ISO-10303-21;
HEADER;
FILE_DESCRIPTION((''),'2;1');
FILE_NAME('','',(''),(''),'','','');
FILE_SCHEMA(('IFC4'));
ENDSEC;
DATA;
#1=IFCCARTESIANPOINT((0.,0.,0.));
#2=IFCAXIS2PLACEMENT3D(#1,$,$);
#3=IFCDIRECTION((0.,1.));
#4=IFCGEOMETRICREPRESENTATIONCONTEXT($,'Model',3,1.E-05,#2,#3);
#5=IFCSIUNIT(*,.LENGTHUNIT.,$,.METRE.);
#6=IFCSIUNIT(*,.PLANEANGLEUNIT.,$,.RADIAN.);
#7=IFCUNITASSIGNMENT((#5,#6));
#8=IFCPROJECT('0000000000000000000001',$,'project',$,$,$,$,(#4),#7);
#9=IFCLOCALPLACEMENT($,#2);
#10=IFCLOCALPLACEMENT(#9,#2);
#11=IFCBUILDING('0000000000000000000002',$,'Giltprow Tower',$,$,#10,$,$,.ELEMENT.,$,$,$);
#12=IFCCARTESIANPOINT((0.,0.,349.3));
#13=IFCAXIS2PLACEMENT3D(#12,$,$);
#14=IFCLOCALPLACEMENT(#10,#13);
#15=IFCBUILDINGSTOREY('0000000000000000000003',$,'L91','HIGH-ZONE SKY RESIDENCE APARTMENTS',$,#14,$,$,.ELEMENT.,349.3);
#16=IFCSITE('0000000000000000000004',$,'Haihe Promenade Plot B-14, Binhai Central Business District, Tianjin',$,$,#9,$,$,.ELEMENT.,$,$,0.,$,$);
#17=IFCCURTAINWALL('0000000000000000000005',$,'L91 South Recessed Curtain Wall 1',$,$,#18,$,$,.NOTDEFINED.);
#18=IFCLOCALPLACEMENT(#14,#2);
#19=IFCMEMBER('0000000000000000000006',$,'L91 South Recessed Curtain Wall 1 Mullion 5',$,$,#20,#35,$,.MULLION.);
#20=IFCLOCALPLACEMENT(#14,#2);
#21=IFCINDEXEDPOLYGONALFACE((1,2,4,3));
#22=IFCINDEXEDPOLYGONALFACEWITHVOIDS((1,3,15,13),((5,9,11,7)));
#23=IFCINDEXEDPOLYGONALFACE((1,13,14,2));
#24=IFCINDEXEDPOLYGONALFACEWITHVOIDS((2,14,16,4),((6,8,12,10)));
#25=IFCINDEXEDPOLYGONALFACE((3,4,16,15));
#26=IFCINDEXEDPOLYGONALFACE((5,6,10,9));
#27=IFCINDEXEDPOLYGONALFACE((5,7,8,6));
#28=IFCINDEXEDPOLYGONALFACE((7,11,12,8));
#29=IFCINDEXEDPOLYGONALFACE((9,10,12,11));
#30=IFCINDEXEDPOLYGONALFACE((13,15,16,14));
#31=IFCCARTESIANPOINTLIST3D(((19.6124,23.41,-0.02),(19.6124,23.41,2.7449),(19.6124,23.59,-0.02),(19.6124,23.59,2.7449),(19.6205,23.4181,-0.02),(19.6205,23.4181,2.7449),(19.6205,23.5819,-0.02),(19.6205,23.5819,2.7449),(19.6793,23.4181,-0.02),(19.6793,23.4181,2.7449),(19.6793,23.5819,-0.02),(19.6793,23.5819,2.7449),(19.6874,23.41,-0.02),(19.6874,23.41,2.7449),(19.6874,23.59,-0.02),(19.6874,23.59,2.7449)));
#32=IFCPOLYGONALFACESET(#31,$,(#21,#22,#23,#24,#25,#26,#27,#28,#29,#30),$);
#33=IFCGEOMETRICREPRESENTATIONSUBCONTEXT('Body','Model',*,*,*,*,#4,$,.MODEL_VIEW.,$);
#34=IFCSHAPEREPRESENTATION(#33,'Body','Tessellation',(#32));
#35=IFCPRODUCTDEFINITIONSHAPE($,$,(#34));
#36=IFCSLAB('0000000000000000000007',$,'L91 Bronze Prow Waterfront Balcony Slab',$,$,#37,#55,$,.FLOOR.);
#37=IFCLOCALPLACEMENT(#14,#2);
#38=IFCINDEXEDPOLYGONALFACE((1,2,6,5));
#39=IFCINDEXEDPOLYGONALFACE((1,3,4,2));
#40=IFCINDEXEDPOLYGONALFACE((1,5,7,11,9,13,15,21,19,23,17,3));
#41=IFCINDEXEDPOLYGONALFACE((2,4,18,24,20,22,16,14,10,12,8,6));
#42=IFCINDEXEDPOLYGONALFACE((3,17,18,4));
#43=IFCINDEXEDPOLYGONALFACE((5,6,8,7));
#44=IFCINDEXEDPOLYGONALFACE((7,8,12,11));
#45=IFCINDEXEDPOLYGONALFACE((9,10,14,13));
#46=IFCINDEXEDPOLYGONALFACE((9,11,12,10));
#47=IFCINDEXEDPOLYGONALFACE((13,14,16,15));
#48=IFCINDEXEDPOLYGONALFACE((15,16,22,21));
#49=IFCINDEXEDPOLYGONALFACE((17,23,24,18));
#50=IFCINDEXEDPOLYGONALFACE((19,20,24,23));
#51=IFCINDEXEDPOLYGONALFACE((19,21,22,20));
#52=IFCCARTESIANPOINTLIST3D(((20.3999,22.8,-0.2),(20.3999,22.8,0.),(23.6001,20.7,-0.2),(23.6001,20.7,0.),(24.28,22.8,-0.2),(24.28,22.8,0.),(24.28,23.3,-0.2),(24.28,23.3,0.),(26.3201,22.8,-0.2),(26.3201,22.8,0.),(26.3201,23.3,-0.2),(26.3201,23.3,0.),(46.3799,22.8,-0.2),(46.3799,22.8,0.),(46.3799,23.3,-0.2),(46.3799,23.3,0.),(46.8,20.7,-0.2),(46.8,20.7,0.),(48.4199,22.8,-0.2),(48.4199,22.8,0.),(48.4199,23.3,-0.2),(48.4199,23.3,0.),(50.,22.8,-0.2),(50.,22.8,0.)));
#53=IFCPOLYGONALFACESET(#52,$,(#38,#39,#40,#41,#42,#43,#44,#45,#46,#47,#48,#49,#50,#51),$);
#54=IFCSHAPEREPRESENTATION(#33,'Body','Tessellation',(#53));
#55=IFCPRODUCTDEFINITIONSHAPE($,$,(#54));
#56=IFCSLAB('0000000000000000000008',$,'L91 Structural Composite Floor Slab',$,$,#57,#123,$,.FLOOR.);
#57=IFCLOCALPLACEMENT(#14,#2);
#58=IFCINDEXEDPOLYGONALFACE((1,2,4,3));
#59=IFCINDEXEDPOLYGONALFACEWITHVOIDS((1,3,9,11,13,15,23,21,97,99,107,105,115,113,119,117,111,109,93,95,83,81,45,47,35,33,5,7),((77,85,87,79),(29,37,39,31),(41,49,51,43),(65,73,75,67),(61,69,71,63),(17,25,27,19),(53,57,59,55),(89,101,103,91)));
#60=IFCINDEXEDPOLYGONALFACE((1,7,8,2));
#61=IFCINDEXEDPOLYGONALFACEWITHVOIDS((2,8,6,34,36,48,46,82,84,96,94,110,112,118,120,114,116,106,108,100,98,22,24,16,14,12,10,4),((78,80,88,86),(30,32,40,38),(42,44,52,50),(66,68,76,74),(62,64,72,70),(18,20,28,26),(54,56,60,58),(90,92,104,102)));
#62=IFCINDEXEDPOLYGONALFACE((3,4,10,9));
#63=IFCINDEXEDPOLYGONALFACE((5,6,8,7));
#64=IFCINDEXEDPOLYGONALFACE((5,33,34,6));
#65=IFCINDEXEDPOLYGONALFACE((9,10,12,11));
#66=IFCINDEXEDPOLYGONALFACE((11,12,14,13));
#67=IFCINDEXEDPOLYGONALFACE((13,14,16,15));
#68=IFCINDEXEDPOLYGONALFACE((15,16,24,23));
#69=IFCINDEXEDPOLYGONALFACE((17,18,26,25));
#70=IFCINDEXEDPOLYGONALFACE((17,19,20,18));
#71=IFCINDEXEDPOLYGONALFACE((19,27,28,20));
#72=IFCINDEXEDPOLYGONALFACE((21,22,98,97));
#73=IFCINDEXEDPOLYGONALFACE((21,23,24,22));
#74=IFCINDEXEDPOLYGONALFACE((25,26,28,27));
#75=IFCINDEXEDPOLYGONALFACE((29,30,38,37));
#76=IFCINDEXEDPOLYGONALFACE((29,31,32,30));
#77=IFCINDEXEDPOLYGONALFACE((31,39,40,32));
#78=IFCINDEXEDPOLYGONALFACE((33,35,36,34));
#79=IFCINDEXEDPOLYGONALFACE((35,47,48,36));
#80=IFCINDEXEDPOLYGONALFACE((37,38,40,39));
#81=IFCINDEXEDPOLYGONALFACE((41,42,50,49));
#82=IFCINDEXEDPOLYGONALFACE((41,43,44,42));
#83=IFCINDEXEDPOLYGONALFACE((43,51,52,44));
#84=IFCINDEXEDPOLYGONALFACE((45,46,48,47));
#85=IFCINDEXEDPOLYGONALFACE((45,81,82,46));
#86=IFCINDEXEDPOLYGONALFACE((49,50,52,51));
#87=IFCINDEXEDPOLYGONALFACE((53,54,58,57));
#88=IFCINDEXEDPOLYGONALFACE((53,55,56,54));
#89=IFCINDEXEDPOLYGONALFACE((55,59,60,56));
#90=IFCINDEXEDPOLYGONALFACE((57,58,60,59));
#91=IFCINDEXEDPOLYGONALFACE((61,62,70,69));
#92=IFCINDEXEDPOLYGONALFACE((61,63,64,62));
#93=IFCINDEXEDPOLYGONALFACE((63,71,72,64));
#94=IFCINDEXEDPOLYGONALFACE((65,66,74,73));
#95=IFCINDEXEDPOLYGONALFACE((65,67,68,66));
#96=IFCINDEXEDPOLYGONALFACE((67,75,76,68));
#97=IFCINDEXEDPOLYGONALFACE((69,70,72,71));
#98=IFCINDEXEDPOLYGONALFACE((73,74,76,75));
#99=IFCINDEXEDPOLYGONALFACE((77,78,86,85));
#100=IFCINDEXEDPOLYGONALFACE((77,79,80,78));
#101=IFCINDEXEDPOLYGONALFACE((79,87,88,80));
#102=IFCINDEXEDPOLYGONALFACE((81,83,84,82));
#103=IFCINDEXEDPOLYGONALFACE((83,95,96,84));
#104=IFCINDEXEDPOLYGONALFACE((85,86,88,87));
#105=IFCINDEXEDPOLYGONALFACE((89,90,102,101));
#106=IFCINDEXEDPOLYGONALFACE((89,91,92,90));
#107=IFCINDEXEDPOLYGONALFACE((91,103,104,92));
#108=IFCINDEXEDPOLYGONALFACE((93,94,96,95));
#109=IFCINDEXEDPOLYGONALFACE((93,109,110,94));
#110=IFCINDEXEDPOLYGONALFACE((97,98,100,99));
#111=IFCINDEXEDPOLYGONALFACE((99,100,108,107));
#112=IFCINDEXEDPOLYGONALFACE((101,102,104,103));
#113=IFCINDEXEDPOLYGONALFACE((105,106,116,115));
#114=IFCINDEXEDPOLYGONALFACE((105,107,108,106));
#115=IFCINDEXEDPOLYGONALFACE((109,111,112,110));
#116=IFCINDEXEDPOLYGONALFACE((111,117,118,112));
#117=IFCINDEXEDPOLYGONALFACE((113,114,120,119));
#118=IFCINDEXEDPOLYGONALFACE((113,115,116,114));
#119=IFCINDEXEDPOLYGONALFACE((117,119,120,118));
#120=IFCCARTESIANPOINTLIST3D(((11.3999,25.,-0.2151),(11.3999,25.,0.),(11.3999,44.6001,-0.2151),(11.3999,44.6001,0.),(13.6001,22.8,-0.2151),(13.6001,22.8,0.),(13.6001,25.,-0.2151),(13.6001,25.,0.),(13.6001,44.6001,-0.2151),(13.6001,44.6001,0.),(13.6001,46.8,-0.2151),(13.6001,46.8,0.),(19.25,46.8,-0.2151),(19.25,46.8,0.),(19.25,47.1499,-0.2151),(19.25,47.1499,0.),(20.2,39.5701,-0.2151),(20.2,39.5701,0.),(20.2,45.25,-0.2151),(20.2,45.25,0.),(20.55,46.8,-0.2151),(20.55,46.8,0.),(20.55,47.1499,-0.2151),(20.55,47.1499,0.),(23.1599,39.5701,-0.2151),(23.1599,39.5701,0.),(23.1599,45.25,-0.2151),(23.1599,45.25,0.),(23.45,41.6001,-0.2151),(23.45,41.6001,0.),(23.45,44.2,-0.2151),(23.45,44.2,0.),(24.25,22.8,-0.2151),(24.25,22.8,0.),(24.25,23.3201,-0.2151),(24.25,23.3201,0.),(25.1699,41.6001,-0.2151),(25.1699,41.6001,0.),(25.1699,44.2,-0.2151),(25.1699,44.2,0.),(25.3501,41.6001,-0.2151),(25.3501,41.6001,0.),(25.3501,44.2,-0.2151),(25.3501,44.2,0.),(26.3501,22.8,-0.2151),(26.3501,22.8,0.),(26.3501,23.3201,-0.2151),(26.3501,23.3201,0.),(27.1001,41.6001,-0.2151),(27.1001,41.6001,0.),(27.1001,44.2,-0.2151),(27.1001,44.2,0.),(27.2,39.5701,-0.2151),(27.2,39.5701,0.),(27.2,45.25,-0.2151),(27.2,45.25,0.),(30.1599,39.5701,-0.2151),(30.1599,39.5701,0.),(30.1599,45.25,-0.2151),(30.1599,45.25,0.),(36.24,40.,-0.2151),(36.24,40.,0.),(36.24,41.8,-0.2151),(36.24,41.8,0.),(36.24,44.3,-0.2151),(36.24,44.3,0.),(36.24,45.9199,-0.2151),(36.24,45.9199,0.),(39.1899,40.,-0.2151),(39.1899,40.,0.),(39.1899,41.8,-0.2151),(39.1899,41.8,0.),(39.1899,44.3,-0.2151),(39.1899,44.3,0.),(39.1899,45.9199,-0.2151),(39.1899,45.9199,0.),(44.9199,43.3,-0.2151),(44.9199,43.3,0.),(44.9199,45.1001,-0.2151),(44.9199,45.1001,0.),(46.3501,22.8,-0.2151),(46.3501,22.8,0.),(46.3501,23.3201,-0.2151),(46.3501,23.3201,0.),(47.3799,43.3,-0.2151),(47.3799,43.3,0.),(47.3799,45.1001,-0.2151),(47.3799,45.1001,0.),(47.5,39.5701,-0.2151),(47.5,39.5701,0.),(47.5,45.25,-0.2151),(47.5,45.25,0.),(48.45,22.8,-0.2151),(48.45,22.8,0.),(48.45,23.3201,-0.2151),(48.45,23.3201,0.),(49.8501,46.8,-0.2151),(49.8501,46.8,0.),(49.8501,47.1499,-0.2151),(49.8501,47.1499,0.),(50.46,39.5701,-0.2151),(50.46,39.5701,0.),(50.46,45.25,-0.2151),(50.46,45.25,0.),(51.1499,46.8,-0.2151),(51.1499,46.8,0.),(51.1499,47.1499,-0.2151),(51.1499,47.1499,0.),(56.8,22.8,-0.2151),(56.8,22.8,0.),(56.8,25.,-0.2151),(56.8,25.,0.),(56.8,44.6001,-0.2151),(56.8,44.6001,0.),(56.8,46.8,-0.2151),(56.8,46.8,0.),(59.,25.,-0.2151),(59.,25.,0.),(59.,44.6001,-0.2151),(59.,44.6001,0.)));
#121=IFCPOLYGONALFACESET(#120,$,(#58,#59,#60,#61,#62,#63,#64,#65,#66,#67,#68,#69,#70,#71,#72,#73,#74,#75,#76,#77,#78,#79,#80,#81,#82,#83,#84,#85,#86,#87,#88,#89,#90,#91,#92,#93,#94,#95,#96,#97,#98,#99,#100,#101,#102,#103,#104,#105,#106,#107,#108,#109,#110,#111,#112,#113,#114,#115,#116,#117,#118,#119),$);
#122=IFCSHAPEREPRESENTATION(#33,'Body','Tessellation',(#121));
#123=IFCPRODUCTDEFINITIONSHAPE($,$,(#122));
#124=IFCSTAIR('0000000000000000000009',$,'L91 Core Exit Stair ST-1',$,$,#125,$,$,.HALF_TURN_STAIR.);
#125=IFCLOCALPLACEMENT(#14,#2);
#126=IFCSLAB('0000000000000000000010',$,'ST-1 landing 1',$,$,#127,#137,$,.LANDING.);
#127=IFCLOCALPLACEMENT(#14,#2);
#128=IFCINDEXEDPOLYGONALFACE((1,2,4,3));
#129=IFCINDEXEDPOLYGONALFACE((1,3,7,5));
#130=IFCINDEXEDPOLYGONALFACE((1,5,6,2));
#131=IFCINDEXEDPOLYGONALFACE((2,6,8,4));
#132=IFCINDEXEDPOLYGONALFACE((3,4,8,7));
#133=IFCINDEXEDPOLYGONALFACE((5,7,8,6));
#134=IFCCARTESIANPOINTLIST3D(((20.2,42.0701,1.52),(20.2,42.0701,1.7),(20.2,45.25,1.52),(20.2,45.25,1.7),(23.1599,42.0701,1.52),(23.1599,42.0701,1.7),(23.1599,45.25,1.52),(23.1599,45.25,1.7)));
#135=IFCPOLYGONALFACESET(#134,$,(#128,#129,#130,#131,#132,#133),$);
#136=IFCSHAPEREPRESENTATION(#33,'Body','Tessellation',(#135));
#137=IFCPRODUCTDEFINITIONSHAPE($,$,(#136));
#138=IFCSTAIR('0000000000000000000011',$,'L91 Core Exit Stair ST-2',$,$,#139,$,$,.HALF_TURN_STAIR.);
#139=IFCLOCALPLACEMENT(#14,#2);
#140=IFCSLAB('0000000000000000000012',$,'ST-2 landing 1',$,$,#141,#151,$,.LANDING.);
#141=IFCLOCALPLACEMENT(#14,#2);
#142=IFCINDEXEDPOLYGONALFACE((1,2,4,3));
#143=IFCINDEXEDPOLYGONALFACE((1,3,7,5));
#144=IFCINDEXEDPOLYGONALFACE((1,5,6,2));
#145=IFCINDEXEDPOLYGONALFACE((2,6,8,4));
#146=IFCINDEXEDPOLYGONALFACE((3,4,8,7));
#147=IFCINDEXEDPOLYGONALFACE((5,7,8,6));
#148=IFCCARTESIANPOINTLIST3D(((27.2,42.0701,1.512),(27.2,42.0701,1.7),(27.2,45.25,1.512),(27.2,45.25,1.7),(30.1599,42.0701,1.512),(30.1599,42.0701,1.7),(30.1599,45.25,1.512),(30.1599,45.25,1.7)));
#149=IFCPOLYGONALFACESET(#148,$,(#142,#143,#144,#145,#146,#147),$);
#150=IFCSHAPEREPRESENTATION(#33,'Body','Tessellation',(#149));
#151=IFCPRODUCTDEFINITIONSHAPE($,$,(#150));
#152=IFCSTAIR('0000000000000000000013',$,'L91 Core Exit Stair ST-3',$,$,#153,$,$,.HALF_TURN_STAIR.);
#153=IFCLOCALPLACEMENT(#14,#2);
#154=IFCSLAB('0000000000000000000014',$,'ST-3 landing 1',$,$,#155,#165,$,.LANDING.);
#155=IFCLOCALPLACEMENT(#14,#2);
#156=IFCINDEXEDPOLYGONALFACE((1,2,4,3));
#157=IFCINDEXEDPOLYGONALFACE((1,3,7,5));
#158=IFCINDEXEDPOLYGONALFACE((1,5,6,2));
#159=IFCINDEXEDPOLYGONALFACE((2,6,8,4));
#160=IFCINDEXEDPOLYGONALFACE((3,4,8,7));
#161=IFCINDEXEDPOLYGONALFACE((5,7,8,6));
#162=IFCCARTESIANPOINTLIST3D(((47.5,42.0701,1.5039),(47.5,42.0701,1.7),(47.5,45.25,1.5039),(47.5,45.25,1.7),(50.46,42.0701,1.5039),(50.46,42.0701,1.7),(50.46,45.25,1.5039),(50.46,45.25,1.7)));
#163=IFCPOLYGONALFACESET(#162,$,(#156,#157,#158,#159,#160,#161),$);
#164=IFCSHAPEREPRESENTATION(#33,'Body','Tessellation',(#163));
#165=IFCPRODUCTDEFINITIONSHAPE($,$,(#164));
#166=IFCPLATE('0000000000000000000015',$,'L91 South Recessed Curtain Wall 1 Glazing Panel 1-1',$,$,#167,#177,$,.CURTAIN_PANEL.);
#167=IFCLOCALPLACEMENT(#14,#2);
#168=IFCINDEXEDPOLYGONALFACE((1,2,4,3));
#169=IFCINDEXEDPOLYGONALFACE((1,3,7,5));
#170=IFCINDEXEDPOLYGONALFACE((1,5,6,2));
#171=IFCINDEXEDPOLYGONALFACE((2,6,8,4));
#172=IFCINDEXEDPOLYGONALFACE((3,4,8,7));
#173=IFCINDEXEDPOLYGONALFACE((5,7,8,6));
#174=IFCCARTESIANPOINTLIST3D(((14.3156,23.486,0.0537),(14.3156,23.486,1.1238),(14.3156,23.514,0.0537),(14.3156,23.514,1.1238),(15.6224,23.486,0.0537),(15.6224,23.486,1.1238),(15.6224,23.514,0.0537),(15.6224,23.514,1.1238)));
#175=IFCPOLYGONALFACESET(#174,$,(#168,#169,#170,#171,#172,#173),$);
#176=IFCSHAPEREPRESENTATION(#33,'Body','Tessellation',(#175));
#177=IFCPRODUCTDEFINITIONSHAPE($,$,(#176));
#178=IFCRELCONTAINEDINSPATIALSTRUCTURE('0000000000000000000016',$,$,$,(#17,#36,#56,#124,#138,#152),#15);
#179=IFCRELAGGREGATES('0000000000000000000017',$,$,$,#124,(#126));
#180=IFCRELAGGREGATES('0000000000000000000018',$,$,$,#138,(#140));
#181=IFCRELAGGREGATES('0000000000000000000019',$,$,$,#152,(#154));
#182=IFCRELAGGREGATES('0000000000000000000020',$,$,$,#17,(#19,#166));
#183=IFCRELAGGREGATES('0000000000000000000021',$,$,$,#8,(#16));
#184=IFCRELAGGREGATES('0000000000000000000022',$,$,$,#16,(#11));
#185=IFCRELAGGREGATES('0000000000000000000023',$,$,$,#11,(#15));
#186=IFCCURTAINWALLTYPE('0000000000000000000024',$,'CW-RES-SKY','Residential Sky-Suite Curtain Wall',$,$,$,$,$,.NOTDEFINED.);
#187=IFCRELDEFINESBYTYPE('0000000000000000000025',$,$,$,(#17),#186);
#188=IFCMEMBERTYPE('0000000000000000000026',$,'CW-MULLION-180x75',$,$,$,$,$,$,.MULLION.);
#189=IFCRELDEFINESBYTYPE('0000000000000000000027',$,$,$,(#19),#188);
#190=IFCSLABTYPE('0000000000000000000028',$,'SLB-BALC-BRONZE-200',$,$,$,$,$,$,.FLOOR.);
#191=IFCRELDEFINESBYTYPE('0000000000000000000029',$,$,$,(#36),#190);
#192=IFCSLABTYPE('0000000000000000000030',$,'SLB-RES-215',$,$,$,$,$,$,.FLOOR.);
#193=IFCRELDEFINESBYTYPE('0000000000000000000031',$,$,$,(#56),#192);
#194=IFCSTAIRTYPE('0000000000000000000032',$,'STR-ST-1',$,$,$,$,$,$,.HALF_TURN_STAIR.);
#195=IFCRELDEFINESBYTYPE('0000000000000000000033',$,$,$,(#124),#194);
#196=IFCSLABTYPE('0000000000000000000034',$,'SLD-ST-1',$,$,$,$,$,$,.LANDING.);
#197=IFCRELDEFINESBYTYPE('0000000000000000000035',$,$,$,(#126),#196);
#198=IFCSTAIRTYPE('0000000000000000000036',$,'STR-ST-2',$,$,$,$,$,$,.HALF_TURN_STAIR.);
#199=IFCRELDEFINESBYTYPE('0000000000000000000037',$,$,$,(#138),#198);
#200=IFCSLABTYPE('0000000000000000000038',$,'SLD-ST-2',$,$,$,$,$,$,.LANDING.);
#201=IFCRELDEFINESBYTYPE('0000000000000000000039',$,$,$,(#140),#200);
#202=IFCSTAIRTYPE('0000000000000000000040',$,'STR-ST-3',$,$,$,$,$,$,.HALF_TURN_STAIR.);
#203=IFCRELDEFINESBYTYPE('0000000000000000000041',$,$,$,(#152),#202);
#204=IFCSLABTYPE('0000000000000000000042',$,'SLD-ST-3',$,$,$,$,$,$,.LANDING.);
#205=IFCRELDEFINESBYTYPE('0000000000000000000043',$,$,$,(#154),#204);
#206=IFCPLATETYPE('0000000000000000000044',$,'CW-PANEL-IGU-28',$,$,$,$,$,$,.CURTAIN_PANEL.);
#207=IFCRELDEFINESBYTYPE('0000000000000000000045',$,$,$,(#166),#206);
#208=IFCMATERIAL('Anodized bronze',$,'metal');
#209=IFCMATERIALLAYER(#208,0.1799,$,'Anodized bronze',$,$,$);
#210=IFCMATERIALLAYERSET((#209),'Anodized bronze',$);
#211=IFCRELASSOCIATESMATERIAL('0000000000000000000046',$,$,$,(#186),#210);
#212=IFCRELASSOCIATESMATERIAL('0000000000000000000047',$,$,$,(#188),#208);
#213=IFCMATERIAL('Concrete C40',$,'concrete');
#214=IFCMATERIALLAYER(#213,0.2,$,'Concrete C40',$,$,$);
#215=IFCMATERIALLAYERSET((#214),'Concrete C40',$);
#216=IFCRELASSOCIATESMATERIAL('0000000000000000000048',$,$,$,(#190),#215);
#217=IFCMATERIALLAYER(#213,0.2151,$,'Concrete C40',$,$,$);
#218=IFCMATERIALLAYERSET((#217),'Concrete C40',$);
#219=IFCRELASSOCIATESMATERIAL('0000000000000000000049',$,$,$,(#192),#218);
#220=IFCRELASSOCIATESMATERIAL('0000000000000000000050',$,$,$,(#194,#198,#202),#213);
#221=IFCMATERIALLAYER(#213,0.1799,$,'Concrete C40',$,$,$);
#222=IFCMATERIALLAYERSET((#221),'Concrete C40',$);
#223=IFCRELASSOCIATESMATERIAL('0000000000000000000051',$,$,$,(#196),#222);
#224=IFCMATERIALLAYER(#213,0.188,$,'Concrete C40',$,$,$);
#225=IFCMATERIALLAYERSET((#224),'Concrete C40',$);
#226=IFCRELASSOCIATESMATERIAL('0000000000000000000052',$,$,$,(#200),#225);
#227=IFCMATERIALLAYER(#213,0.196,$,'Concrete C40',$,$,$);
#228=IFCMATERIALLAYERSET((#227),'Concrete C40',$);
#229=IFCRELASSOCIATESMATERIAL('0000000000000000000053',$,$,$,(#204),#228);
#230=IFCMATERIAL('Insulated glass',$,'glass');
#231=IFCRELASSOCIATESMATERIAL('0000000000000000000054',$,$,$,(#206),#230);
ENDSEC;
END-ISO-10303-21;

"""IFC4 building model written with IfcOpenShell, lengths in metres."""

from ifc_helpers import new_model, si_unit, direction, frame, origin, origin_2d, place, context, subcontext, project, spatial, polyline, rectangle, hollow_rectangle, outline, extrude, source, transform, mapped, material, layer, layer_set, material_profile, profile_set, type_object, element, aggregate, save


model = new_model("IFC4")

# Units and contexts
model_context = context("Model", 3, precision=1e-05, world=origin(), true_north=direction((0.0, 1.0)))
body_context = subcontext(model_context, "Body", "Model", "MODEL_VIEW")
ifc_project = project(units=[si_unit("LENGTHUNIT", "METRE"), si_unit("PLANEANGLEUNIT", "RADIAN")], contexts=[model_context])

# Site, building, storey
site_placement = place(None, origin())
site = spatial("IfcSite", under=ifc_project, at=site_placement, Name="Haihe Promenade Plot B-14, Binhai Central Business District, Tianjin", CompositionType="ELEMENT", RefElevation=0.0)
building_placement = place(site_placement, origin())
building = spatial("IfcBuilding", under=site, at=building_placement, Name="Giltprow Tower", CompositionType="ELEMENT")
storey_placement = place(building_placement, frame((0.0, 0.0, 349.3)))
storey = spatial("IfcBuildingStorey", under=building, at=storey_placement, Name="L91", Description="HIGH-ZONE SKY RESIDENCE APARTMENTS", CompositionType="ELEMENT", Elevation=349.3)

# Curtain wall, member
ifc_material_1 = material(Name="Anodized bronze", Category="metal")
ifc_layer_1 = layer(ifc_material_1, 0.1799, Name="Anodized bronze")
ifc_layer_set_1 = layer_set([ifc_layer_1], Name="Anodized bronze")
curtain_wall_type = type_object("IfcCurtainWallType", Name="CW-RES-SKY", Description="Residential Sky-Suite Curtain Wall", PredefinedType="NOTDEFINED", material=ifc_layer_set_1)
curtain_wall_placement = place(storey_placement, origin())
curtain_wall = element("IfcCurtainWall", 1, at=curtain_wall_placement, inside=storey, type_object=curtain_wall_type, Name="L91 South Recessed Curtain Wall 1", PredefinedType="NOTDEFINED")
ifc_material_profile_1 = material_profile(ifc_material_1, hollow_rectangle(XDim=0.075, YDim=0.1799, WallThickness=0.0081, at=origin_2d()), Name="RHS 180x75x8")
ifc_profile_set_1 = profile_set([ifc_material_profile_1], Name="Anodized bronze")
member_type_1 = type_object("IfcMemberType", Name="CW-MULLION-180x75", PredefinedType="MULLION", material=ifc_profile_set_1)
shared_shape_1 = source(origin(), body_context, "Body", "SweptSolid", [
    extrude(hollow_rectangle(XDim=0.075, YDim=0.1799, WallThickness=0.0081, at=origin_2d()), origin(), (0.0, 0.0, 1.0), 2.7649),
])
member_1_placement = place(storey_placement, frame((19.6499, 23.5, -0.02), z_axis=(0.0, 0.0, 1.0), x_axis=(1.0, 0.0, 0.0)))
member_1 = element("IfcMember", 2, at=member_1_placement, type_object=member_type_1, Name="L91 South Recessed Curtain Wall 1 Mullion 5", PredefinedType="MULLION", context=body_context, shape_type="MappedRepresentation", body=[
    mapped(shared_shape_1, transform((0.0, 0.0, 0.0), x_axis=(1.0, 0.0, 0.0), y_axis=(0.0, 1.0, 0.0), z_axis=(0.0, 0.0, 1.0), scale=1.0)),
])

# Slabs
ifc_material_2 = material(Name="Concrete C40", Category="concrete")
ifc_layer_2 = layer(ifc_material_2, 0.2, Name="Concrete C40")
ifc_layer_set_2 = layer_set([ifc_layer_2], Name="Concrete C40")
slab_type_1 = type_object("IfcSlabType", Name="SLB-BALC-BRONZE-200", PredefinedType="FLOOR", material=ifc_layer_set_2)
slab_1_placement = place(storey_placement, frame((0.0, 0.0, -0.2)))
element("IfcSlab", 3, at=slab_1_placement, inside=storey, type_object=slab_type_1, Name="L91 Bronze Prow Waterfront Balcony Slab", PredefinedType="FLOOR", context=body_context, shape_type="SweptSolid", body=[
    extrude(outline(polyline([(50.0, 22.8), (46.8, 20.7), (23.6001, 20.7), (20.3999, 22.8), (24.28, 22.8), (24.28, 23.3), (26.3201, 23.3), (26.3201, 22.8), (46.3799, 22.8), (46.3799, 23.3), (48.4199, 23.3), (48.4199, 22.8), (50.0, 22.8)])), origin(), (0.0, 0.0, 1.0), 0.2),
])
ifc_layer_3 = layer(ifc_material_2, 0.2151, Name="Concrete C40")
ifc_layer_set_3 = layer_set([ifc_layer_3], Name="Concrete C40")
slab_type_2 = type_object("IfcSlabType", Name="SLB-RES-215", PredefinedType="FLOOR", material=ifc_layer_set_3)
slab_2_placement = place(storey_placement, frame((0.0, 0.0, -0.2151)))
element("IfcSlab", 4, at=slab_2_placement, inside=storey, type_object=slab_type_2, Name="L91 Structural Composite Floor Slab", PredefinedType="FLOOR", context=body_context, shape_type="SweptSolid", body=[
    extrude(outline(polyline([(59.0, 44.6001), (59.0, 25.0), (56.8, 25.0), (56.8, 22.8), (48.45, 22.8), (48.45, 23.3201), (46.3501, 23.3201), (46.3501, 22.8), (26.3501, 22.8), (26.3501, 23.3201), (24.25, 23.3201), (24.25, 22.8), (13.6001, 22.8), (13.6001, 25.0), (11.3999, 25.0), (11.3999, 44.6001), (13.6001, 44.6001), (13.6001, 46.8), (19.25, 46.8), (19.25, 47.1499), (20.55, 47.1499), (20.55, 46.8), (49.8501, 46.8), (49.8501, 47.1499), (51.1499, 47.1499), (51.1499, 46.8), (56.8, 46.8), (56.8, 44.6001), (59.0, 44.6001)]), holes=[polyline([(39.1899, 41.8), (36.24, 41.8), (36.24, 40.0), (39.1899, 40.0), (39.1899, 41.8)]), polyline([(23.1599, 39.5701), (23.1599, 45.25), (20.2, 45.25), (20.2, 39.5701), (23.1599, 39.5701)]), polyline([(30.1599, 39.5701), (30.1599, 45.25), (27.2, 45.25), (27.2, 39.5701), (30.1599, 39.5701)]), polyline([(50.46, 45.25), (47.5, 45.25), (47.5, 39.5701), (50.46, 39.5701), (50.46, 45.25)]), polyline([(25.1699, 44.2), (23.45, 44.2), (23.45, 41.6001), (25.1699, 41.6001), (25.1699, 44.2)]), polyline([(27.1001, 44.2), (25.3501, 44.2), (25.3501, 41.6001), (27.1001, 41.6001), (27.1001, 44.2)]), polyline([(47.3799, 43.3), (47.3799, 45.1001), (44.9199, 45.1001), (44.9199, 43.3), (47.3799, 43.3)]), polyline([(39.1899, 44.3), (39.1899, 45.9199), (36.24, 45.9199), (36.24, 44.3), (39.1899, 44.3)])]), origin(), (0.0, 0.0, 1.0), 0.2151),
])

# Stairs, slabs
stair_type_1 = type_object("IfcStairType", Name="STR-ST-1", PredefinedType="HALF_TURN_STAIR", material=ifc_material_2)
stair_1_placement = place(storey_placement, origin())
stair_1 = element("IfcStair", 5, at=stair_1_placement, inside=storey, type_object=stair_type_1, Name="L91 Core Exit Stair ST-1", PredefinedType="HALF_TURN_STAIR")
ifc_layer_4 = layer(ifc_material_2, 0.1799, Name="Concrete C40")
ifc_layer_set_4 = layer_set([ifc_layer_4], Name="Concrete C40")
slab_type_3 = type_object("IfcSlabType", Name="SLD-ST-1", PredefinedType="LANDING", material=ifc_layer_set_4)
slab_3_placement = place(storey_placement, frame((0.0, 0.0, 1.52)))
slab_3 = element("IfcSlab", 6, at=slab_3_placement, type_object=slab_type_3, Name="ST-1 landing 1", PredefinedType="LANDING", context=body_context, shape_type="SweptSolid", body=[
    extrude(outline(polyline([(23.1599, 42.0701), (23.1599, 45.25), (20.2, 45.25), (20.2, 42.0701), (23.1599, 42.0701)])), origin(), (0.0, 0.0, 1.0), 0.1799),
])
aggregate(stair_1, [slab_3])
stair_type_2 = type_object("IfcStairType", Name="STR-ST-2", PredefinedType="HALF_TURN_STAIR", material=ifc_material_2)
stair_2_placement = place(storey_placement, origin())
stair_2 = element("IfcStair", 7, at=stair_2_placement, inside=storey, type_object=stair_type_2, Name="L91 Core Exit Stair ST-2", PredefinedType="HALF_TURN_STAIR")
ifc_layer_5 = layer(ifc_material_2, 0.188, Name="Concrete C40")
ifc_layer_set_5 = layer_set([ifc_layer_5], Name="Concrete C40")
slab_type_4 = type_object("IfcSlabType", Name="SLD-ST-2", PredefinedType="LANDING", material=ifc_layer_set_5)
slab_4_placement = place(storey_placement, frame((0.0, 0.0, 1.512)))
slab_4 = element("IfcSlab", 8, at=slab_4_placement, type_object=slab_type_4, Name="ST-2 landing 1", PredefinedType="LANDING", context=body_context, shape_type="SweptSolid", body=[
    extrude(outline(polyline([(30.1599, 42.0701), (30.1599, 45.25), (27.2, 45.25), (27.2, 42.0701), (30.1599, 42.0701)])), origin(), (0.0, 0.0, 1.0), 0.188),
])
aggregate(stair_2, [slab_4])
stair_type_3 = type_object("IfcStairType", Name="STR-ST-3", PredefinedType="HALF_TURN_STAIR", material=ifc_material_2)
stair_3_placement = place(storey_placement, origin())
stair_3 = element("IfcStair", 9, at=stair_3_placement, inside=storey, type_object=stair_type_3, Name="L91 Core Exit Stair ST-3", PredefinedType="HALF_TURN_STAIR")
ifc_layer_6 = layer(ifc_material_2, 0.196, Name="Concrete C40")
ifc_layer_set_6 = layer_set([ifc_layer_6], Name="Concrete C40")
slab_type_5 = type_object("IfcSlabType", Name="SLD-ST-3", PredefinedType="LANDING", material=ifc_layer_set_6)
slab_5_placement = place(storey_placement, frame((0.0, 0.0, 1.5039)))
slab_5 = element("IfcSlab", 10, at=slab_5_placement, type_object=slab_type_5, Name="ST-3 landing 1", PredefinedType="LANDING", context=body_context, shape_type="SweptSolid", body=[
    extrude(outline(polyline([(50.46, 42.0701), (50.46, 45.25), (47.5, 45.25), (47.5, 42.0701), (50.46, 42.0701)])), origin(), (0.0, 0.0, 1.0), 0.196),
])
aggregate(stair_3, [slab_5])

# Plate
ifc_material_3 = material(Name="Insulated glass", Category="glass")
plate_type = type_object("IfcPlateType", Name="CW-PANEL-IGU-28", PredefinedType="CURTAIN_PANEL", material=ifc_material_3)
shared_shape_2 = source(origin(), body_context, "Body", "SweptSolid", [
    extrude(rectangle(XDim=1.3069, YDim=0.0281, at=origin_2d()), origin(), (0.0, 0.0, 1.0), 1.0701),
])
plate_1_placement = place(storey_placement, frame((14.969, 23.5, 0.0537), z_axis=(0.0, 0.0, 1.0), x_axis=(1.0, 0.0, 0.0)))
plate_1 = element("IfcPlate", 11, at=plate_1_placement, type_object=plate_type, Name="L91 South Recessed Curtain Wall 1 Glazing Panel 1-1", PredefinedType="CURTAIN_PANEL", context=body_context, shape_type="MappedRepresentation", body=[
    mapped(shared_shape_2, transform((0.0, 0.0, 0.0), x_axis=(1.0, 0.0, 0.0), y_axis=(0.0, 1.0, 0.0), z_axis=(0.0, 0.0, 1.0), scale=1.0)),
])
aggregate(curtain_wall, [member_1, plate_1])

save(model, "model.ifc")
